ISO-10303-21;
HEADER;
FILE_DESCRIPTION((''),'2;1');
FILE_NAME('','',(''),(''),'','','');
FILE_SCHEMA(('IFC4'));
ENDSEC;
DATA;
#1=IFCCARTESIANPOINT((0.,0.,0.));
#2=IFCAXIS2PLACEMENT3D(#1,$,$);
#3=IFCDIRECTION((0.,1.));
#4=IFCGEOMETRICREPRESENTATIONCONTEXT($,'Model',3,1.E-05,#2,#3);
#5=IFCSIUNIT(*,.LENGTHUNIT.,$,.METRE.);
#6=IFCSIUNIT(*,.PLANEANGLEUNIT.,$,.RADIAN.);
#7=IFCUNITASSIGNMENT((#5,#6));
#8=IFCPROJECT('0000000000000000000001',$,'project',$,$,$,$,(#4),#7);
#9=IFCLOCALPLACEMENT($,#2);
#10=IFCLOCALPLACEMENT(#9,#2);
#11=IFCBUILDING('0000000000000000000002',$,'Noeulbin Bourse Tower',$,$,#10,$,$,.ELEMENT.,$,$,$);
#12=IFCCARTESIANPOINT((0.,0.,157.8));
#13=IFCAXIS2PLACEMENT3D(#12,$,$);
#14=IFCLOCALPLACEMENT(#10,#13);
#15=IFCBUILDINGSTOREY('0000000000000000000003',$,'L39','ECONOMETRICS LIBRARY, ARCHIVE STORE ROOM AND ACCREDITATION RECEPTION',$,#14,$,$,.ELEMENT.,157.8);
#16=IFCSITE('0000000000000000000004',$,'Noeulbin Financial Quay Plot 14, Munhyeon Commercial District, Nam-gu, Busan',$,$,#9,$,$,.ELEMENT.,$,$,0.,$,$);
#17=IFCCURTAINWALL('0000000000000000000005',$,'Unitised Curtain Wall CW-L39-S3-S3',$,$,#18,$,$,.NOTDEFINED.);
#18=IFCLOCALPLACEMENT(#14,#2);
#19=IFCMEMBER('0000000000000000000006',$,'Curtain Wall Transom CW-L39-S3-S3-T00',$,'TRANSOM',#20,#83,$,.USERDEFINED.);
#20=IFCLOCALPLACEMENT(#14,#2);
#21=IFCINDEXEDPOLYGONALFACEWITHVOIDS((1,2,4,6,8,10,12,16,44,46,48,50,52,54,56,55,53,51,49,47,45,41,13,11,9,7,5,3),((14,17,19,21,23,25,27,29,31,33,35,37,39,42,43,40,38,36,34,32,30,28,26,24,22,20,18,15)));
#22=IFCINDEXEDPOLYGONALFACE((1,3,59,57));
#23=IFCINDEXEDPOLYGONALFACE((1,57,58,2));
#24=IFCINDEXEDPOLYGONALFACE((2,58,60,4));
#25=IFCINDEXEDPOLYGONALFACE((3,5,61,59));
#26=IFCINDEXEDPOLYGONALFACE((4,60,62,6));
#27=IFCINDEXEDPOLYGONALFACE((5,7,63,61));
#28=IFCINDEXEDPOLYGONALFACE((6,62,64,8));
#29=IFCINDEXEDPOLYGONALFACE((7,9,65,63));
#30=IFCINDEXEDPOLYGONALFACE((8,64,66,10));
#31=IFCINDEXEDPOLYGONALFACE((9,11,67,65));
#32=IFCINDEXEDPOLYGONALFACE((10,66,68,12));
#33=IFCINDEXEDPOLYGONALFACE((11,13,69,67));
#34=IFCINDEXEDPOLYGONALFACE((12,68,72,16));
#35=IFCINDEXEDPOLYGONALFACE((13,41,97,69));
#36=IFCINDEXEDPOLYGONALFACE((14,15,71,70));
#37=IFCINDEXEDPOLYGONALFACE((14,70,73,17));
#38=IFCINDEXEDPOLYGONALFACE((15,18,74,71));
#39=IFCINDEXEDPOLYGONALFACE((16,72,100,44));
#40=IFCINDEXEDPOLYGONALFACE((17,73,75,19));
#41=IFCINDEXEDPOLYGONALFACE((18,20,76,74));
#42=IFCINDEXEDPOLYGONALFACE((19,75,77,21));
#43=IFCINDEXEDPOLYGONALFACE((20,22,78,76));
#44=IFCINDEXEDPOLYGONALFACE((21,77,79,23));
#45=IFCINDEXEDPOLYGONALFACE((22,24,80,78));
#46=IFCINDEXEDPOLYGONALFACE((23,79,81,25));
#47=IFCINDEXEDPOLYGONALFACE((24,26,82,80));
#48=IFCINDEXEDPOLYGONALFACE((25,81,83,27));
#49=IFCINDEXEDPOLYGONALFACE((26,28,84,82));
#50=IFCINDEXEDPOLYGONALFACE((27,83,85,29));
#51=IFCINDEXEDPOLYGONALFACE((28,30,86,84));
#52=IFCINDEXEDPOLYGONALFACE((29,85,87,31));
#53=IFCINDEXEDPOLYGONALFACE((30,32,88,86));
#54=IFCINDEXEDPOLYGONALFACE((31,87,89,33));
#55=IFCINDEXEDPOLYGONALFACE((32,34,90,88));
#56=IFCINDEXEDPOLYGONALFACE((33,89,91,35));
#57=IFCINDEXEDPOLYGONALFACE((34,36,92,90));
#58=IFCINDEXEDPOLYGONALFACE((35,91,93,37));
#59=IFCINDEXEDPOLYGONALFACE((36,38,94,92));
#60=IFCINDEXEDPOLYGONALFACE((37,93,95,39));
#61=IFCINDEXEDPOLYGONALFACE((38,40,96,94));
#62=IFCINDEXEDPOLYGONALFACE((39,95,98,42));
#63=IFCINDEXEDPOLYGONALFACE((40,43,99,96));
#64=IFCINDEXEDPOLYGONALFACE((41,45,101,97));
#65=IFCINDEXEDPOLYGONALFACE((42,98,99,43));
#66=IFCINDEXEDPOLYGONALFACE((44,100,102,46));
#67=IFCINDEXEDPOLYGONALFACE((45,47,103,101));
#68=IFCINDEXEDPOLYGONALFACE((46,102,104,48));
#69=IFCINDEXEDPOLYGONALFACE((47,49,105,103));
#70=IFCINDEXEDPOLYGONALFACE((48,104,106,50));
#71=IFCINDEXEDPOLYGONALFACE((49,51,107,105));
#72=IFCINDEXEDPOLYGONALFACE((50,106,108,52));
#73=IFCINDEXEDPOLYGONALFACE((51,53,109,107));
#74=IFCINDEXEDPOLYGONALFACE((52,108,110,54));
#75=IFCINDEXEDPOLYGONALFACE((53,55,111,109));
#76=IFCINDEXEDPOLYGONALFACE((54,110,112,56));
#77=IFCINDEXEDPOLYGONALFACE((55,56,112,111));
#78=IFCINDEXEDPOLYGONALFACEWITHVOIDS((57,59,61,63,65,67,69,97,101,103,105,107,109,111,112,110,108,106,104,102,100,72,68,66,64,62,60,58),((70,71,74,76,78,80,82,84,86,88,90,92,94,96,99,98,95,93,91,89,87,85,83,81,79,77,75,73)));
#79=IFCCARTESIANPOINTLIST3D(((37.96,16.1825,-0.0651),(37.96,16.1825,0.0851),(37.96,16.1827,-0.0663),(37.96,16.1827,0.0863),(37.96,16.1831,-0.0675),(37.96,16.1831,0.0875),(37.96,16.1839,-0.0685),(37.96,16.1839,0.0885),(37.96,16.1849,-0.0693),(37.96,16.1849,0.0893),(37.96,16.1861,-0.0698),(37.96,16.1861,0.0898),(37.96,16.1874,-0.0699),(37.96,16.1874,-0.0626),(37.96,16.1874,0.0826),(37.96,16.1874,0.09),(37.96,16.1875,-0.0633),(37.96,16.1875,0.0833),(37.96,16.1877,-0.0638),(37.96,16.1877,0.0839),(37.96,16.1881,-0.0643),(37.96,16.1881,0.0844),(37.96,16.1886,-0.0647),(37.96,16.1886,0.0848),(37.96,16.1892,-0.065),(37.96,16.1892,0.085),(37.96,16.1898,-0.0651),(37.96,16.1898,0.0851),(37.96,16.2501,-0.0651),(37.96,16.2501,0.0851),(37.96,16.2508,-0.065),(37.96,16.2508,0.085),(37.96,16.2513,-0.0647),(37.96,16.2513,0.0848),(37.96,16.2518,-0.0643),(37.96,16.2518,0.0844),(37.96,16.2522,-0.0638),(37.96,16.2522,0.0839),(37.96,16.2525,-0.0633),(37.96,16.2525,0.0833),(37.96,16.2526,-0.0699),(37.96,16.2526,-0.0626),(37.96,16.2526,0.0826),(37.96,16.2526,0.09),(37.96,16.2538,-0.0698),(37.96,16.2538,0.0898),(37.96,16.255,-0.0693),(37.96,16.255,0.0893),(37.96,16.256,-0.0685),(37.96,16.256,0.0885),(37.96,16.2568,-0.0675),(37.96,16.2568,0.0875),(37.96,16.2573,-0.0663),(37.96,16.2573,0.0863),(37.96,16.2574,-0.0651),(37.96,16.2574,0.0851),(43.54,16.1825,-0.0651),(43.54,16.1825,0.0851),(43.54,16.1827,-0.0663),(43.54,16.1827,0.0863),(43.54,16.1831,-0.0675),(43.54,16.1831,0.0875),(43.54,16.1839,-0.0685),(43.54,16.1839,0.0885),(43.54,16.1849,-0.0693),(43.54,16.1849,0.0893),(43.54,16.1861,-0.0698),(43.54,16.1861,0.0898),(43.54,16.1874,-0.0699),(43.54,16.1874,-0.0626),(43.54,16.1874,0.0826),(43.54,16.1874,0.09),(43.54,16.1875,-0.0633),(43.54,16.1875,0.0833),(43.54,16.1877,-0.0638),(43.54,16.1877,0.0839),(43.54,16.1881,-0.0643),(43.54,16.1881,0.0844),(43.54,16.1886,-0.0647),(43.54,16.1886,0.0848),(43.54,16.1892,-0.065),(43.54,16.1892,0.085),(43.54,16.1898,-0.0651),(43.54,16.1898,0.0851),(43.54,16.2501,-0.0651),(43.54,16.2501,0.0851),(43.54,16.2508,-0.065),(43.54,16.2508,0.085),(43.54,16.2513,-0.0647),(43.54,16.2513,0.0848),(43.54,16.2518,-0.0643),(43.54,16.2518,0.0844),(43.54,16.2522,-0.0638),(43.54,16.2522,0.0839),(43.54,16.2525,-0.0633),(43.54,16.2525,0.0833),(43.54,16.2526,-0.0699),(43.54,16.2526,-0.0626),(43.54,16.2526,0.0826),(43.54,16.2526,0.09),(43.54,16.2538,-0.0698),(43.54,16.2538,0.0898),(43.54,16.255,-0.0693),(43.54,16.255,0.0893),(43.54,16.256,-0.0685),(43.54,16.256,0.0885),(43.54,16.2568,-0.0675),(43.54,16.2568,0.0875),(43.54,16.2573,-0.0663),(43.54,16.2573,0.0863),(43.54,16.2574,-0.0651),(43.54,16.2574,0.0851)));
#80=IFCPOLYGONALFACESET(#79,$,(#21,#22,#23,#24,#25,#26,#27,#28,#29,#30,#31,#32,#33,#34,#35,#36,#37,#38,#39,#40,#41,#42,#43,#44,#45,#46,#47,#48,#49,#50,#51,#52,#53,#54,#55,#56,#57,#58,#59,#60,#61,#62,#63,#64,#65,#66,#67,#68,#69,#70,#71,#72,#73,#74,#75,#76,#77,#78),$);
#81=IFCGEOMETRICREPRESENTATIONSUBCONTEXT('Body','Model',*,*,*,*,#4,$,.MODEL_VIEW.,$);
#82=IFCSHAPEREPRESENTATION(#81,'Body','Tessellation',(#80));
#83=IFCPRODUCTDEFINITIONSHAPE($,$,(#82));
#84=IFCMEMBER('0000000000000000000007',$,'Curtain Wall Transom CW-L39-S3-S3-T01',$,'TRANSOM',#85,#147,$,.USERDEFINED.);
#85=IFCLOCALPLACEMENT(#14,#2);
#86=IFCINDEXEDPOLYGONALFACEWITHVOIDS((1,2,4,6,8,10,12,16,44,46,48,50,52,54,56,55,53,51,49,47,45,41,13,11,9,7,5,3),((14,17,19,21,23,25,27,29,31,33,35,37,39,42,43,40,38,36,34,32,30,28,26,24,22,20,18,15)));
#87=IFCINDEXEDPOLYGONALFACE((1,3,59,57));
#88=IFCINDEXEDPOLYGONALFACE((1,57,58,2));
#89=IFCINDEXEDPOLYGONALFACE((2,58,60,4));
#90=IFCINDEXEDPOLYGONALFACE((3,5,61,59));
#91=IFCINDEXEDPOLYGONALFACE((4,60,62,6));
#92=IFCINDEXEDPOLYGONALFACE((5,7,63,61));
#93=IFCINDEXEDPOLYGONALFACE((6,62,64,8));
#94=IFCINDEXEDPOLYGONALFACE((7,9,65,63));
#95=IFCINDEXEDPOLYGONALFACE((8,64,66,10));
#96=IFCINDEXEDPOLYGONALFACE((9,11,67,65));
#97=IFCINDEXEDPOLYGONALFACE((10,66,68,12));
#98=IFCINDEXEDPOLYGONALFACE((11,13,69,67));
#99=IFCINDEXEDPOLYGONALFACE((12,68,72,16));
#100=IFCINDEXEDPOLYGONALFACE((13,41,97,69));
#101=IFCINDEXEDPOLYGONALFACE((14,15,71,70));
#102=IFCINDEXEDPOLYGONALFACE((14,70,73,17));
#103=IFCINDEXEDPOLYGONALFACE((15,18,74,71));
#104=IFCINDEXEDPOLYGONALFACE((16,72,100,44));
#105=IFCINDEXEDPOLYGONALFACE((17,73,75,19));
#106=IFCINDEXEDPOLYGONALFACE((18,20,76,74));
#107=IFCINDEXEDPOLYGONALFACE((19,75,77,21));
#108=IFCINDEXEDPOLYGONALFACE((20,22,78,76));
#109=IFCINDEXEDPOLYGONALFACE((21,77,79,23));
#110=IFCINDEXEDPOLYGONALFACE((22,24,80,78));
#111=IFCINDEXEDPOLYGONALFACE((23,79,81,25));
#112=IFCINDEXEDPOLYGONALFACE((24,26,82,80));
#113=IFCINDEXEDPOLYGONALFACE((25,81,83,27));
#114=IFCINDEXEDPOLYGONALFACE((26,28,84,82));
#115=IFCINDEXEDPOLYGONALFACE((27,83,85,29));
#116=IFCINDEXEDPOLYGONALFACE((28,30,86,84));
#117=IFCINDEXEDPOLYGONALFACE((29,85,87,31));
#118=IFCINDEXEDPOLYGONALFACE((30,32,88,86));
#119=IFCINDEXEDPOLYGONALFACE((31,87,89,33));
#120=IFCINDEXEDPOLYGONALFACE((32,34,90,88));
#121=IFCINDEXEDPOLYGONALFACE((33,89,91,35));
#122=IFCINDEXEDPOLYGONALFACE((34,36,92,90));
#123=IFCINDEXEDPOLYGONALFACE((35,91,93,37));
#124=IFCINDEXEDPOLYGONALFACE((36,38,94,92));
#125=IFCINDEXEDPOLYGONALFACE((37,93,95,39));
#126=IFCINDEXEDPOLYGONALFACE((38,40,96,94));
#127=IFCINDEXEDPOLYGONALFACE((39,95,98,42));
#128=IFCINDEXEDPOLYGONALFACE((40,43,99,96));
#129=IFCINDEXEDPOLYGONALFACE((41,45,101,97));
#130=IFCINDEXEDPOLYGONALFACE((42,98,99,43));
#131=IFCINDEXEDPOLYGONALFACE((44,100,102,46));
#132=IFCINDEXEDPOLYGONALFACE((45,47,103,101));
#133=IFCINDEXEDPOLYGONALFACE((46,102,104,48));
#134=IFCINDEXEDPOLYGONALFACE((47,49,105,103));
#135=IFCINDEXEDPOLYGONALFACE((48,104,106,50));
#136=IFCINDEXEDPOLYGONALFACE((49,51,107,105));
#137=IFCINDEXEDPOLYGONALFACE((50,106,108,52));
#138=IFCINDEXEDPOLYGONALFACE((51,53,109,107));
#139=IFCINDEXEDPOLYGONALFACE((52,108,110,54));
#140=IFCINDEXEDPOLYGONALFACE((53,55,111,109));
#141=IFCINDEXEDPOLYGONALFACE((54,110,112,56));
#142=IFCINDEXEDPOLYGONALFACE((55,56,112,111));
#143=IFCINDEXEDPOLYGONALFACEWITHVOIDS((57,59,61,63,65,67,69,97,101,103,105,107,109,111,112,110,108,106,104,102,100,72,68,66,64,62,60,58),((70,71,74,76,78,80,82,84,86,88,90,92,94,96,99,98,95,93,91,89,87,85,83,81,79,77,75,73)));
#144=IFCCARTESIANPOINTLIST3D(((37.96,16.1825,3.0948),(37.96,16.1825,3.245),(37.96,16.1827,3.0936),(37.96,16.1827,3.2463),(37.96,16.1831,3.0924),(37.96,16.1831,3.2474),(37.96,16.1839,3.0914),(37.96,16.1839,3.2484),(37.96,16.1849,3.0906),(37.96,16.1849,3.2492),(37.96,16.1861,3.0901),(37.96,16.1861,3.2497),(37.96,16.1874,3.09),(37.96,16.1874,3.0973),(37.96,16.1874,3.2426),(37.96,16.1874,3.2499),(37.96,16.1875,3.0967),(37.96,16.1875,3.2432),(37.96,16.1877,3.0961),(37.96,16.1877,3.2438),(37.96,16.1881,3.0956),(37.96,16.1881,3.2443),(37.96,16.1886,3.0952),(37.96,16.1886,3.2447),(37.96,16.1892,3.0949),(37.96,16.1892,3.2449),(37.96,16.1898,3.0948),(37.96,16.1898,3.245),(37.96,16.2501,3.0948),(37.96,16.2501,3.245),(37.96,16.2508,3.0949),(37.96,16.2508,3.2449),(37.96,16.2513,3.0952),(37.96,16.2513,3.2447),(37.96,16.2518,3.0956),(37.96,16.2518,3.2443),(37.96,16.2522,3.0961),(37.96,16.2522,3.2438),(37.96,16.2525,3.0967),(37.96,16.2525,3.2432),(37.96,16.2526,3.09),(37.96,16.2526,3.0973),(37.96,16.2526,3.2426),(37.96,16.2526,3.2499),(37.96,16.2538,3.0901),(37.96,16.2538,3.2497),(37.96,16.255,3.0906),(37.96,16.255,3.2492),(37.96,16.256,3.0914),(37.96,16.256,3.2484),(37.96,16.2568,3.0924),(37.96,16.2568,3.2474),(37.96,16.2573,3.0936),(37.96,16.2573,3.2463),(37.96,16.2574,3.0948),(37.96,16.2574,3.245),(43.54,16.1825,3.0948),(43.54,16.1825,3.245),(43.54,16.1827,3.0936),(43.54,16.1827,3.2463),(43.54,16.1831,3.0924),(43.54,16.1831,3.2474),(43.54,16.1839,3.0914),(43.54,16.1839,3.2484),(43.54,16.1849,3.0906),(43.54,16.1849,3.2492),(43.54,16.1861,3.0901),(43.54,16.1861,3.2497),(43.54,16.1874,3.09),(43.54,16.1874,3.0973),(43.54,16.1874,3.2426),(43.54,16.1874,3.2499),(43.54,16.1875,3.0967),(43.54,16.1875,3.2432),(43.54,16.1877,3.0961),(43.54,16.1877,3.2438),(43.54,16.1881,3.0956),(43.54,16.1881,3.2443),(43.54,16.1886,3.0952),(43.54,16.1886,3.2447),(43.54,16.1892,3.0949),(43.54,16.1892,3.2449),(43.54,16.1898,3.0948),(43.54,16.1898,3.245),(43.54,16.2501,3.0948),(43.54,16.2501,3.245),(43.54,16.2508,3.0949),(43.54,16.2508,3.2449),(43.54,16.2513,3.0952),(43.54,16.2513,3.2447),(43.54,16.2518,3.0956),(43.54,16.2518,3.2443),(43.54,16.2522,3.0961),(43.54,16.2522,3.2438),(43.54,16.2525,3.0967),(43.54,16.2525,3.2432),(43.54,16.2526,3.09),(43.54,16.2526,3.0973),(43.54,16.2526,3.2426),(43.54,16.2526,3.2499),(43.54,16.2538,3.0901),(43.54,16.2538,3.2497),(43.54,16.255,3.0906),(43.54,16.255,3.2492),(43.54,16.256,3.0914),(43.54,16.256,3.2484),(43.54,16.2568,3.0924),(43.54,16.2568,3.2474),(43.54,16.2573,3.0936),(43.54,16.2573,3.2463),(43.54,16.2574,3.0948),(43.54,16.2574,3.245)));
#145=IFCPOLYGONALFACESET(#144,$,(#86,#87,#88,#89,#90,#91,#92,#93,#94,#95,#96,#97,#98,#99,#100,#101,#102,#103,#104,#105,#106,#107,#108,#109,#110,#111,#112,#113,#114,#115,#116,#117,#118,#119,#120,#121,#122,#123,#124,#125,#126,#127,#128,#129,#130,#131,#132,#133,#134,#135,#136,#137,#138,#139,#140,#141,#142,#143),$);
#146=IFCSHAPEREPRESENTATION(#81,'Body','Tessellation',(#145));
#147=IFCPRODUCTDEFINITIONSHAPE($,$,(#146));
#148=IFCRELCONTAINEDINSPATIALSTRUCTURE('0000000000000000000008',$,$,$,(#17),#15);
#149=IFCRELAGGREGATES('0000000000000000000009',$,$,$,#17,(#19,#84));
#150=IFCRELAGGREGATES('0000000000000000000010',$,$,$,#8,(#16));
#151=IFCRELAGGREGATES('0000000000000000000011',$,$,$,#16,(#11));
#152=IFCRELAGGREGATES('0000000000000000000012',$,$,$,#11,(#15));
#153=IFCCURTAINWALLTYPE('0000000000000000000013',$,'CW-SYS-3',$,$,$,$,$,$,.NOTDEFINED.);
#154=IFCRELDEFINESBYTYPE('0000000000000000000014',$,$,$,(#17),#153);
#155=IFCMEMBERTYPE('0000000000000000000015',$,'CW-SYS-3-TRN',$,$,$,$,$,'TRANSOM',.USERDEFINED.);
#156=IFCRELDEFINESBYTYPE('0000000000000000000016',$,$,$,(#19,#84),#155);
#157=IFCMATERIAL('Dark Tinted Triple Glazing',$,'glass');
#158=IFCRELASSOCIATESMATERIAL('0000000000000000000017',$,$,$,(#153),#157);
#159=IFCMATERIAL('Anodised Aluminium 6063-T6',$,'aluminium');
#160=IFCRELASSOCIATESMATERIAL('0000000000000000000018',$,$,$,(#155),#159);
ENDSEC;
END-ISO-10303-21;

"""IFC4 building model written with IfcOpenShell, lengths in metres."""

from ifc_helpers import new_model, si_unit, direction, frame, origin, origin_2d, place, context, subcontext, project, spatial, hollow_rectangle, extrude, material, material_profile, profile_set, type_object, element, aggregate, save


model = new_model("IFC4")

# Units and contexts
model_context = context("Model", 3, precision=1e-05, world=origin(), true_north=direction((0.0, 1.0)))
body_context = subcontext(model_context, "Body", "Model", "MODEL_VIEW")
ifc_project = project(units=[si_unit("LENGTHUNIT", "METRE"), si_unit("PLANEANGLEUNIT", "RADIAN")], contexts=[model_context])

# Site, building, storey
site_placement = place(None, origin())
site = spatial("IfcSite", under=ifc_project, at=site_placement, Name="Noeulbin Financial Quay Plot 14, Munhyeon Commercial District, Nam-gu, Busan", CompositionType="ELEMENT", RefElevation=0.0)
building_placement = place(site_placement, origin())
building = spatial("IfcBuilding", under=site, at=building_placement, Name="Noeulbin Bourse Tower", CompositionType="ELEMENT")
storey_placement = place(building_placement, frame((0.0, 0.0, 157.8)))
storey = spatial("IfcBuildingStorey", under=building, at=storey_placement, Name="L39", Description="ECONOMETRICS LIBRARY, ARCHIVE STORE ROOM AND ACCREDITATION RECEPTION", CompositionType="ELEMENT", Elevation=157.8)

# Curtain wall
ifc_material_1 = material(Name="Dark Tinted Triple Glazing", Category="glass")
curtain_wall_type = type_object("IfcCurtainWallType", Name="CW-SYS-3", PredefinedType="NOTDEFINED", material=ifc_material_1)
curtain_wall_1_placement = place(storey_placement, origin())
curtain_wall_1 = element("IfcCurtainWall", 1, at=curtain_wall_1_placement, inside=storey, type_object=curtain_wall_type, Name="Unitised Curtain Wall CW-L39-S3-S3", PredefinedType="NOTDEFINED")
ifc_material_2 = material(Name="Anodised Aluminium 6063-T6", Category="aluminium")

# Members
ifc_material_profile_1 = material_profile(ifc_material_2, hollow_rectangle(XDim=0.075, YDim=0.1599, WallThickness=0.0049, InnerFilletRadius=0.0024, OuterFilletRadius=0.0049, at=origin_2d()), Name="ALU-TRAN-75x160x5", Category="LoadBearing")
ifc_profile_set_1 = profile_set([ifc_material_profile_1], Name="Anodised Aluminium 6063-T6")
member_type_1 = type_object("IfcMemberType", Name="CW-SYS-3-TRN", ElementType="TRANSOM", PredefinedType="USERDEFINED", material=ifc_profile_set_1)
member_1_placement = place(storey_placement, frame((37.96, 16.22, 0.01), z_axis=(1.0, 0.0, 0.0), x_axis=(0.0, 1.0, 0.0)))
member_1 = element("IfcMember", 2, at=member_1_placement, type_object=member_type_1, Name="Curtain Wall Transom CW-L39-S3-S3-T00", ObjectType="TRANSOM", PredefinedType="USERDEFINED", context=body_context, shape_type="SweptSolid", body=[
    extrude(hollow_rectangle(XDim=0.075, YDim=0.1599, WallThickness=0.0049, InnerFilletRadius=0.0024, OuterFilletRadius=0.0049, at=origin_2d()), origin(), (0.0, 0.0, 1.0), 5.5801),
])
member_2_placement = place(storey_placement, frame((37.96, 16.22, 3.1699), z_axis=(1.0, 0.0, 0.0), x_axis=(0.0, 1.0, 0.0)))
member_2 = element("IfcMember", 3, at=member_2_placement, type_object=member_type_1, Name="Curtain Wall Transom CW-L39-S3-S3-T01", ObjectType="TRANSOM", PredefinedType="USERDEFINED", context=body_context, shape_type="SweptSolid", body=[
    extrude(hollow_rectangle(XDim=0.075, YDim=0.1599, WallThickness=0.0049, InnerFilletRadius=0.0024, OuterFilletRadius=0.0049, at=origin_2d()), origin(), (0.0, 0.0, 1.0), 5.5801),
])

aggregate(curtain_wall_1, [member_1, member_2])

save(model, "model.ifc")
